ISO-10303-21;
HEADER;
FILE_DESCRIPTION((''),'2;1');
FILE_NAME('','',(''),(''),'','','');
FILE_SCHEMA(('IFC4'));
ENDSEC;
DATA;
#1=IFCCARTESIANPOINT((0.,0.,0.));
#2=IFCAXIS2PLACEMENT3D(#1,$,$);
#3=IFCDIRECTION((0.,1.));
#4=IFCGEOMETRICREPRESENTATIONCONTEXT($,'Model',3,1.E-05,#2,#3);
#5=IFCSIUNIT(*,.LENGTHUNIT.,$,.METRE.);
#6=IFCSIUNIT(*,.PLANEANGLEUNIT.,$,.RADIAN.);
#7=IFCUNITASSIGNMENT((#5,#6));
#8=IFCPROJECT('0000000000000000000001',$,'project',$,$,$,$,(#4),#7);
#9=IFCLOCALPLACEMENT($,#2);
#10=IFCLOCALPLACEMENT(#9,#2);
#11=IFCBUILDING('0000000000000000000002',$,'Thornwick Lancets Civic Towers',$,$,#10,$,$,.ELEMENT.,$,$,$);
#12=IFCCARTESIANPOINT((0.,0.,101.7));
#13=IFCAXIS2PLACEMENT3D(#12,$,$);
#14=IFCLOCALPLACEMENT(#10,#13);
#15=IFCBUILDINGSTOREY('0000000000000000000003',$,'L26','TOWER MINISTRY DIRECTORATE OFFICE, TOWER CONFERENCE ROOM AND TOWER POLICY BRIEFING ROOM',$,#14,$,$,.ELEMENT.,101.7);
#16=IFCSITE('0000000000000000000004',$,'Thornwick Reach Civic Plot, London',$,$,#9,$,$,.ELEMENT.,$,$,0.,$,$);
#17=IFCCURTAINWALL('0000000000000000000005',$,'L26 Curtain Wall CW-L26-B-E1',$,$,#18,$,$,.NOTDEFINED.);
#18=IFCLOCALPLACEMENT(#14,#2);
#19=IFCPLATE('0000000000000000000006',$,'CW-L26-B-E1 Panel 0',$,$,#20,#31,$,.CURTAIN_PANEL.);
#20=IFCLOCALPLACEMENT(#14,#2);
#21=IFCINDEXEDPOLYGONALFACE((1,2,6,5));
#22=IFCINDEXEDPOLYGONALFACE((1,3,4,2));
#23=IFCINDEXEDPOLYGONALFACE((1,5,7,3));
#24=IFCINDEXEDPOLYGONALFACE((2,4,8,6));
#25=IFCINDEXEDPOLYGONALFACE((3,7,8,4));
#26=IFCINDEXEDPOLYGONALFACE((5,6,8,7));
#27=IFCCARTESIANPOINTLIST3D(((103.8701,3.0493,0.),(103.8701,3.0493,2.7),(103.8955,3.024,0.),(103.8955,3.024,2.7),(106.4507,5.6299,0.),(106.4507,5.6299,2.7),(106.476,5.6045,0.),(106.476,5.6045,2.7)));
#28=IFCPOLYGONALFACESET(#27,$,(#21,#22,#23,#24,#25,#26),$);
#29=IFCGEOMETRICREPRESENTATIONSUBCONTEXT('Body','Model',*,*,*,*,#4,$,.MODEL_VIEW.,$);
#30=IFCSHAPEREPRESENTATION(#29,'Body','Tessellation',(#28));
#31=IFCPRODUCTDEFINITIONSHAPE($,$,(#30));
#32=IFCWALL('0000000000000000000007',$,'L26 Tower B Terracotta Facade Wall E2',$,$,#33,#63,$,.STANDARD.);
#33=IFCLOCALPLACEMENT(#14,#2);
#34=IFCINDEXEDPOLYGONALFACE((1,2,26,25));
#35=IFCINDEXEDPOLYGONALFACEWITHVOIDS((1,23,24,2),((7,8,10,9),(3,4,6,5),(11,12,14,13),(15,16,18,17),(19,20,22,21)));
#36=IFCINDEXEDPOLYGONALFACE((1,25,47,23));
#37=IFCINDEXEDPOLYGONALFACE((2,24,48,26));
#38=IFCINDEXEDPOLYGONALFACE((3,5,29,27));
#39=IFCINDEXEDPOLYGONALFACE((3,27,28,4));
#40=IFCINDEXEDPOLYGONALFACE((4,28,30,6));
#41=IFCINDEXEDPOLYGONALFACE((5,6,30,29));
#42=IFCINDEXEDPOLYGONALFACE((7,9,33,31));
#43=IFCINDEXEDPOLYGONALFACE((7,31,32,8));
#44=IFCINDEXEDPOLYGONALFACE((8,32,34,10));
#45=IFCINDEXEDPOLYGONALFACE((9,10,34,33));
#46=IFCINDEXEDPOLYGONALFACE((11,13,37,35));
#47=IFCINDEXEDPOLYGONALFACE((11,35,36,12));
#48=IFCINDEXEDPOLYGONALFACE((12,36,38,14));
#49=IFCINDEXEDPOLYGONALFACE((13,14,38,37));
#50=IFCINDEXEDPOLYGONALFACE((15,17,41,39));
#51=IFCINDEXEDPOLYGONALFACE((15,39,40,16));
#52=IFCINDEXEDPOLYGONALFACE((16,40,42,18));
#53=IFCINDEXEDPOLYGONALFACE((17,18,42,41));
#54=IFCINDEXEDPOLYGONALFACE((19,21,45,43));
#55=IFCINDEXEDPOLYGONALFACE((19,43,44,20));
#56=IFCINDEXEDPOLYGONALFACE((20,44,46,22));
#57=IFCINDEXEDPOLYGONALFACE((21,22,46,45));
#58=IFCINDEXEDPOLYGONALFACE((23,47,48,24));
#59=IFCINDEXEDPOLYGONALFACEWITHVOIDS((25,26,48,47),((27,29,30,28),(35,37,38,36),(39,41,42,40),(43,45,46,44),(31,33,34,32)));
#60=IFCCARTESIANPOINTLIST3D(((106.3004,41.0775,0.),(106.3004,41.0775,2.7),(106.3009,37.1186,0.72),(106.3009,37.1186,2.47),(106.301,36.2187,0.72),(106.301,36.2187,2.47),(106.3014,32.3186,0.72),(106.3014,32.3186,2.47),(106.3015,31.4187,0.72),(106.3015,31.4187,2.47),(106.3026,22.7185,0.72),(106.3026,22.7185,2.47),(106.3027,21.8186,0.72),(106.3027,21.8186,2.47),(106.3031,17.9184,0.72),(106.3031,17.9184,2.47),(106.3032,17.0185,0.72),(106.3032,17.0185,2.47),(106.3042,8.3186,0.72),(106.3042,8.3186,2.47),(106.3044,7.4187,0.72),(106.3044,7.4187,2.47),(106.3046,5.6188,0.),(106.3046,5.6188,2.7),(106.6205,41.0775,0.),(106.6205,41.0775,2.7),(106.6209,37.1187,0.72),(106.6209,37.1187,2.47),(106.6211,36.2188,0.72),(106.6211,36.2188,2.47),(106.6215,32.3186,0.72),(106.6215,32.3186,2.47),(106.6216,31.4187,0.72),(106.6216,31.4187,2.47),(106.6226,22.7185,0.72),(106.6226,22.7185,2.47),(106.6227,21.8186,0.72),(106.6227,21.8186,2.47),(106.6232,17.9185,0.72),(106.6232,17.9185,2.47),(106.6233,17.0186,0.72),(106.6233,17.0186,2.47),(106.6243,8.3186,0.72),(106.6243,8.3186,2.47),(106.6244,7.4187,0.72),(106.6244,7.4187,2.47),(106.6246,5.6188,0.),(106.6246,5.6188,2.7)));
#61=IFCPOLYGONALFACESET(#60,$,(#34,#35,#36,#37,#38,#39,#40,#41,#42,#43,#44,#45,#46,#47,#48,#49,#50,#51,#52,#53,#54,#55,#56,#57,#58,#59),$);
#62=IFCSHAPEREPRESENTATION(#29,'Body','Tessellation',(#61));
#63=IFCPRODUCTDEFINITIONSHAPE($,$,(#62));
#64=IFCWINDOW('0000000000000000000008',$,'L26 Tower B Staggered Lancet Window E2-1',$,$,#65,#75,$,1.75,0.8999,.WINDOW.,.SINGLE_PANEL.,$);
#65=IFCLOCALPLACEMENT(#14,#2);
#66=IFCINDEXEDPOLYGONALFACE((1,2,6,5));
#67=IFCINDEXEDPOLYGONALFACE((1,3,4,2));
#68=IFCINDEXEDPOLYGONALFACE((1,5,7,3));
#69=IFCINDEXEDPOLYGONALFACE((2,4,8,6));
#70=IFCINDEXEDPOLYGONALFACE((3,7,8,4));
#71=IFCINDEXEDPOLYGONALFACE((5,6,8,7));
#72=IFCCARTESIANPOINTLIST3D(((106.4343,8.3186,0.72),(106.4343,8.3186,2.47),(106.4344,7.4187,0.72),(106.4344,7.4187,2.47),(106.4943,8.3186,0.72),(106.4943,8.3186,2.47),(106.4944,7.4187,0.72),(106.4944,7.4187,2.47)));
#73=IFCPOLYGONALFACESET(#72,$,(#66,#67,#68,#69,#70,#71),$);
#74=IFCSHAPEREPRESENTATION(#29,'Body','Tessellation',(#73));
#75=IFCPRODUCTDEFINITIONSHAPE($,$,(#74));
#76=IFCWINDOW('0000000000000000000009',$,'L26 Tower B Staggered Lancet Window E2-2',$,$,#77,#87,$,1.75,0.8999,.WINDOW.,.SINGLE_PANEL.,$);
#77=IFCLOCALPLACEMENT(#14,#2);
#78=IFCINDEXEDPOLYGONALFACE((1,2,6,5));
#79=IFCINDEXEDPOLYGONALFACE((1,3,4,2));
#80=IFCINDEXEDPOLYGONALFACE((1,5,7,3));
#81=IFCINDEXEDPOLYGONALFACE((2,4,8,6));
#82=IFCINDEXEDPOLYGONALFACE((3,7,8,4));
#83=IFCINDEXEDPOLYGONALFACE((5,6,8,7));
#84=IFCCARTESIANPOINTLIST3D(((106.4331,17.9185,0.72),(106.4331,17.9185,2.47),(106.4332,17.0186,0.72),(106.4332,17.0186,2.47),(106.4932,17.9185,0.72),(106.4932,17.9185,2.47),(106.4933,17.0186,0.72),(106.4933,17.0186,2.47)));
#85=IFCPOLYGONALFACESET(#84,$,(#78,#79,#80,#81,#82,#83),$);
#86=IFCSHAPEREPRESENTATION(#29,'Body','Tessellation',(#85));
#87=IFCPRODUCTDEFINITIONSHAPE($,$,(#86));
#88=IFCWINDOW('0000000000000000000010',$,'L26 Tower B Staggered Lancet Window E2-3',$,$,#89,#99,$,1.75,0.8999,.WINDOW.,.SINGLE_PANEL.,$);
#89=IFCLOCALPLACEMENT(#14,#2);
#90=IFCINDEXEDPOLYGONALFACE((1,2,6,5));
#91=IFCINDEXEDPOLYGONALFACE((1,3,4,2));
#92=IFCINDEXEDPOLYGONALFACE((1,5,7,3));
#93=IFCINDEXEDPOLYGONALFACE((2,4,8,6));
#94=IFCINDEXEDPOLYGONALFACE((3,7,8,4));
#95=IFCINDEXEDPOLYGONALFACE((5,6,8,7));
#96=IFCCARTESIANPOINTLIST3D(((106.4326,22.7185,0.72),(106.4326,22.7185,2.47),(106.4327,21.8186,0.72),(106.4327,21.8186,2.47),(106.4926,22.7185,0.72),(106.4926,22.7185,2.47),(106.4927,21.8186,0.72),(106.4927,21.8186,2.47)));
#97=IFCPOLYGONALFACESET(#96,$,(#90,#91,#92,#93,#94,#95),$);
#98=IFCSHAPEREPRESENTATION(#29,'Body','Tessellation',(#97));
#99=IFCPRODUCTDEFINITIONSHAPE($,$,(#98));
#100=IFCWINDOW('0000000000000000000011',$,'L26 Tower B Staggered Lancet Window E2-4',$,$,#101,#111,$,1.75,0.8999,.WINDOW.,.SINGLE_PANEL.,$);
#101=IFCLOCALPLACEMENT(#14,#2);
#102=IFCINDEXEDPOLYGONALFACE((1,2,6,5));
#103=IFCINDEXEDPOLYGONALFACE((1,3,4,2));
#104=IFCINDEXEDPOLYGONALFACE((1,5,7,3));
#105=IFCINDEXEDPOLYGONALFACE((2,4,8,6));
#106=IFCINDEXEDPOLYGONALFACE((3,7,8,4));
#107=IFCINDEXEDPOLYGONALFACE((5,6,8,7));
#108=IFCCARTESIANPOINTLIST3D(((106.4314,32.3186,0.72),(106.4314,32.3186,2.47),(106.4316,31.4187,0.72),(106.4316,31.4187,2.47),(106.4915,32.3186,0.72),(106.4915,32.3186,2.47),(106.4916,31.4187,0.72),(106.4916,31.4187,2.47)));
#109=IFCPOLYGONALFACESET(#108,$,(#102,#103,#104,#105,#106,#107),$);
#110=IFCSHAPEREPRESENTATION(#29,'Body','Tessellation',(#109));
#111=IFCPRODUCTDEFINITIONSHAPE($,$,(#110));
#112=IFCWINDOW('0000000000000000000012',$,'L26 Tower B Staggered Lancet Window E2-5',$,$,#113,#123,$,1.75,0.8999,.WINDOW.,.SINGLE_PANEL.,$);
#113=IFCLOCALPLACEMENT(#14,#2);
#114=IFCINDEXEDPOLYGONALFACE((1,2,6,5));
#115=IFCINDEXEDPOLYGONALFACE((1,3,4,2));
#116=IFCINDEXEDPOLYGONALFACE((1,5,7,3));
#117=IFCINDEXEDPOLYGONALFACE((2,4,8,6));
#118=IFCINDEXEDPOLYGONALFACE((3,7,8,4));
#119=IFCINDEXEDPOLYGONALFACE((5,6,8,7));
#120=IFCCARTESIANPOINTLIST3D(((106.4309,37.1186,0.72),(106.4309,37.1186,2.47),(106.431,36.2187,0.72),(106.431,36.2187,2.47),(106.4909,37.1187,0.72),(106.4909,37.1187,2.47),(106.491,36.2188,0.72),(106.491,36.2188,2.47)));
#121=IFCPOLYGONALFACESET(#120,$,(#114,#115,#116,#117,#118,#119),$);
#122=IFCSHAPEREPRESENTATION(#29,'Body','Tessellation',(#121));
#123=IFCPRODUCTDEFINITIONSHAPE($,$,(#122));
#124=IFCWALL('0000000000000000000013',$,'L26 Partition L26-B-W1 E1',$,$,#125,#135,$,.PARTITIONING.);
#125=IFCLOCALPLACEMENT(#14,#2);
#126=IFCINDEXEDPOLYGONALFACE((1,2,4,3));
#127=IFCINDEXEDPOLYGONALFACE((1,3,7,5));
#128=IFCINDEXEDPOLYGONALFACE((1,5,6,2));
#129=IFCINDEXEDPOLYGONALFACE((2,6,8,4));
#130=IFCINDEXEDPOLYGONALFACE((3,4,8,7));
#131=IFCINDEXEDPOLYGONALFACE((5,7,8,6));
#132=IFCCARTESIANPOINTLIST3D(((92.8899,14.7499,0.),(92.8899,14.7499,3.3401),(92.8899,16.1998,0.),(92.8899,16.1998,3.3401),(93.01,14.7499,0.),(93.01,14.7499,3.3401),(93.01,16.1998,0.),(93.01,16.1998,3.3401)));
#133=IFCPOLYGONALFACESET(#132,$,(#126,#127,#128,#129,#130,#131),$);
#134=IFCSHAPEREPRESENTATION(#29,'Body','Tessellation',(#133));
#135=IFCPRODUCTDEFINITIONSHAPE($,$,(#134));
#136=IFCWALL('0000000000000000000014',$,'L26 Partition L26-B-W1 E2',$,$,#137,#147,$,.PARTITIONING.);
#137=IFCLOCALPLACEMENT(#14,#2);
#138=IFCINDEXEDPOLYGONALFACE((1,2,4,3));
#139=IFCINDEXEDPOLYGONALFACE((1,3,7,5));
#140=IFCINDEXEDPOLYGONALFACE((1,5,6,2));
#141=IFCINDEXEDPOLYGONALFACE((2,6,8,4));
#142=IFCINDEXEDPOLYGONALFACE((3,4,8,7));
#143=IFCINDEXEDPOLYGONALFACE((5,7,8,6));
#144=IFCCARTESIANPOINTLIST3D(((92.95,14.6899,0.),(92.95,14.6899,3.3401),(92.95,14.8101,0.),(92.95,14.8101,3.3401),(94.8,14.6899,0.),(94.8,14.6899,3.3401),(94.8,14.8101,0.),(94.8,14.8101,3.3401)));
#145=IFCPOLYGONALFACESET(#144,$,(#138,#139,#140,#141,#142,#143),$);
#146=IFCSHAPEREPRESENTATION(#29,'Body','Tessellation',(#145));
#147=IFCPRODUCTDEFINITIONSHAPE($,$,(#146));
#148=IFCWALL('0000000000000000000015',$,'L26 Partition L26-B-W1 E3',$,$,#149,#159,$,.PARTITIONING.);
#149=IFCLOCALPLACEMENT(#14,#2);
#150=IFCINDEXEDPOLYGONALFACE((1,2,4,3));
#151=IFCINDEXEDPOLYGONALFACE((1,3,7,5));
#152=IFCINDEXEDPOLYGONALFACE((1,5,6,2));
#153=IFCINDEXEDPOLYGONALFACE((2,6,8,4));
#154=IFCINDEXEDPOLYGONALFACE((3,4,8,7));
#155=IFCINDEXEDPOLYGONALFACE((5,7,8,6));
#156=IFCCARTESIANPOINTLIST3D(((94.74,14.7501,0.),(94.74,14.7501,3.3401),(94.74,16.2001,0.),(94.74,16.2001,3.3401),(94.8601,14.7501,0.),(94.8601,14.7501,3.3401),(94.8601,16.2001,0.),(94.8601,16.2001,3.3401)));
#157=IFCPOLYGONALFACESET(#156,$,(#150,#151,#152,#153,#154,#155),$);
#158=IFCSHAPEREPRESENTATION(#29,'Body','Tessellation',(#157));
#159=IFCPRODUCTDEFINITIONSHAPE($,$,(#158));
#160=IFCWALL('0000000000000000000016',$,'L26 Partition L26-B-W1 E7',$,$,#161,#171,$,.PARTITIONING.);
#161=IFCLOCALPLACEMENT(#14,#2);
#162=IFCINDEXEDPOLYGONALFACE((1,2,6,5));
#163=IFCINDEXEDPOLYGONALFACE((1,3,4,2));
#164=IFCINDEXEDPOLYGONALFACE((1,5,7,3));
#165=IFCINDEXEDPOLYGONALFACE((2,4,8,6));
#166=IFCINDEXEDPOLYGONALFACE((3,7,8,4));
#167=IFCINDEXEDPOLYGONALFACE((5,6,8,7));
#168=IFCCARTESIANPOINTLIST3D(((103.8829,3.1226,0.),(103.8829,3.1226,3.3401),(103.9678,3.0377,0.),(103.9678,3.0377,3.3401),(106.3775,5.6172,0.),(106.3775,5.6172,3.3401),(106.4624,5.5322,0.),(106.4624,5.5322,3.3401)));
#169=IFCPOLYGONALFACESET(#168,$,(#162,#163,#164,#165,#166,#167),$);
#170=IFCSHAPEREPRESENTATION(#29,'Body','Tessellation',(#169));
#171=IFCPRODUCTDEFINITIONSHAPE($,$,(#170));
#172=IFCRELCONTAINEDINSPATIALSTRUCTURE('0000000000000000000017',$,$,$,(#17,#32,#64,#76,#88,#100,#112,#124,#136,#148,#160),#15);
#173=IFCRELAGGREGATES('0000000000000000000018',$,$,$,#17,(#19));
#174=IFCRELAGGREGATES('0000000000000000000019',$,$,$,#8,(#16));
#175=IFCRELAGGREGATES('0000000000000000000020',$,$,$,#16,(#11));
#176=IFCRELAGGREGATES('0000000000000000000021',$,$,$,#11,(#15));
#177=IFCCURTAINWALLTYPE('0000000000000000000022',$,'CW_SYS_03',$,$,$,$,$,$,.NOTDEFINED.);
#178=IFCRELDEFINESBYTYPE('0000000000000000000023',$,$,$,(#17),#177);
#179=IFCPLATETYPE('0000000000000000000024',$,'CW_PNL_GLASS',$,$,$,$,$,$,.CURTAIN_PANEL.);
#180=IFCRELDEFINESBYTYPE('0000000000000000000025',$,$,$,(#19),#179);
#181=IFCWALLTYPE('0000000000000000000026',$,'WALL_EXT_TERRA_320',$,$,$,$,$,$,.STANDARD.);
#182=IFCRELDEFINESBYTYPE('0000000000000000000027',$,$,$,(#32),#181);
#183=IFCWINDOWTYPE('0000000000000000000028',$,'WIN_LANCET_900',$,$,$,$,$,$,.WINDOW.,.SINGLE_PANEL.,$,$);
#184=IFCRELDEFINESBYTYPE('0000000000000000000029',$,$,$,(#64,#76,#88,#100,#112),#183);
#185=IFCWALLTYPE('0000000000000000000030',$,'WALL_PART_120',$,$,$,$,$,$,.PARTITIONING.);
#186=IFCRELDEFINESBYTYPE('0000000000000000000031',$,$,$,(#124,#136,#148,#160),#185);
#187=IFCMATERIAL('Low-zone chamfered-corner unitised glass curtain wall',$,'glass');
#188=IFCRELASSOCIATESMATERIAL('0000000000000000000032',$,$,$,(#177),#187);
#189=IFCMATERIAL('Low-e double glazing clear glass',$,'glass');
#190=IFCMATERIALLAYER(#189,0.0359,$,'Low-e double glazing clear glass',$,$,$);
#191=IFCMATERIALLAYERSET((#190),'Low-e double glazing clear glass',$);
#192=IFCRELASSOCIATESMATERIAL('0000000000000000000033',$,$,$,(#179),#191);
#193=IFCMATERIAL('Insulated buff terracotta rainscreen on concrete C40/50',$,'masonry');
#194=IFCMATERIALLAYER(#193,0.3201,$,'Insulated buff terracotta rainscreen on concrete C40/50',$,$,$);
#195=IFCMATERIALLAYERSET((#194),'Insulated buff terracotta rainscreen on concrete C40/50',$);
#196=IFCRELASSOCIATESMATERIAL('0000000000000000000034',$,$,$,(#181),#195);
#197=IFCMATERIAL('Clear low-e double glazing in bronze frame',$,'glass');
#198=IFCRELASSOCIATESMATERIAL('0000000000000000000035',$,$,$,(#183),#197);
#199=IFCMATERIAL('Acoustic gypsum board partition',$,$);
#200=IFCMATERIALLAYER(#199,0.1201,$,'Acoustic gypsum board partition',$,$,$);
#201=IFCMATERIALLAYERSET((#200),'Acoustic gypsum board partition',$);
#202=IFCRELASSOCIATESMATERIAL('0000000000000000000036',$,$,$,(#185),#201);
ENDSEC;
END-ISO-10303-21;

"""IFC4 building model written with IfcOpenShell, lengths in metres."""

from ifc_helpers import new_model, si_unit, direction, frame, frame_2d, origin, origin_2d, place, context, subcontext, project, spatial, rectangle, extrude, material, layer, layer_set, type_object, element, fill, aggregate, save


model = new_model("IFC4")

# Units and contexts
model_context = context("Model", 3, precision=1e-05, world=origin(), true_north=direction((0.0, 1.0)))
body_context = subcontext(model_context, "Body", "Model", "MODEL_VIEW")
ifc_project = project(units=[si_unit("LENGTHUNIT", "METRE"), si_unit("PLANEANGLEUNIT", "RADIAN")], contexts=[model_context])

# Site, building, storey
site_placement = place(None, origin())
site = spatial("IfcSite", under=ifc_project, at=site_placement, Name="Thornwick Reach Civic Plot, London", CompositionType="ELEMENT", RefElevation=0.0)
building_placement = place(site_placement, origin())
building = spatial("IfcBuilding", under=site, at=building_placement, Name="Thornwick Lancets Civic Towers", CompositionType="ELEMENT")
storey_placement = place(building_placement, frame((0.0, 0.0, 101.7)))
storey = spatial("IfcBuildingStorey", under=building, at=storey_placement, Name="L26", Description="TOWER MINISTRY DIRECTORATE OFFICE, TOWER CONFERENCE ROOM AND TOWER POLICY BRIEFING ROOM", CompositionType="ELEMENT", Elevation=101.7)

# Curtain wall, plate
ifc_material_1 = material(Name="Low-zone chamfered-corner unitised glass curtain wall", Category="glass")
curtain_wall_type = type_object("IfcCurtainWallType", Name="CW_SYS_03", PredefinedType="NOTDEFINED", material=ifc_material_1)
curtain_wall_placement = place(storey_placement, origin())
curtain_wall = element("IfcCurtainWall", 1, at=curtain_wall_placement, inside=storey, type_object=curtain_wall_type, Name="L26 Curtain Wall CW-L26-B-E1", PredefinedType="NOTDEFINED")
ifc_material_2 = material(Name="Low-e double glazing clear glass", Category="glass")
ifc_layer_1 = layer(ifc_material_2, 0.0359, Name="Low-e double glazing clear glass")
ifc_layer_set_1 = layer_set([ifc_layer_1], Name="Low-e double glazing clear glass")
plate_type = type_object("IfcPlateType", Name="CW_PNL_GLASS", PredefinedType="CURTAIN_PANEL", material=ifc_layer_set_1)
plate_placement = place(storey_placement, frame((105.1731, 4.3269, 0.0), z_axis=(0.0, 0.0, 1.0), x_axis=(0.707107, 0.707107, 0.0)))
plate = element("IfcPlate", 2, at=plate_placement, type_object=plate_type, Name="CW-L26-B-E1 Panel 0", PredefinedType="CURTAIN_PANEL", context=body_context, shape_type="SweptSolid", body=[
    extrude(rectangle(XDim=3.6494, YDim=0.0359, at=origin_2d()), origin(), (0.0, 0.0, 1.0), 2.7),
])
aggregate(curtain_wall, [plate])

# Wall, openings, windows
ifc_material_3 = material(Name="Insulated buff terracotta rainscreen on concrete C40/50", Category="masonry")
ifc_layer_2 = layer(ifc_material_3, 0.3201, Name="Insulated buff terracotta rainscreen on concrete C40/50")
ifc_layer_set_2 = layer_set([ifc_layer_2], Name="Insulated buff terracotta rainscreen on concrete C40/50")
wall_type_1 = type_object("IfcWallType", Name="WALL_EXT_TERRA_320", PredefinedType="STANDARD", material=ifc_layer_set_2)
wall_1_placement = place(storey_placement, frame((106.4646, 5.6187, 0.0), z_axis=(0.0, 0.0, 1.0), x_axis=(-0.000117, 1.0, 0.0)))
wall_1 = element("IfcWall", 3, at=wall_1_placement, inside=storey, type_object=wall_type_1, Name="L26 Tower B Terracotta Facade Wall E2", PredefinedType="STANDARD", context=body_context, shape_type="SweptSolid", body=[
    extrude(rectangle(XDim=35.4587, YDim=0.3201, at=frame_2d((17.7295, 0.0))), origin(), (0.0, 0.0, 1.0), 2.7),
])
opening_1_placement = place(wall_1_placement, frame((1.8, 0.0, 0.72)))
opening_1 = element("IfcOpeningElement", 4, at=opening_1_placement, cuts=wall_1, PredefinedType="OPENING", context=body_context, shape_type="SweptSolid", body=[
    extrude(rectangle(XDim=0.8999, YDim=1.75, at=frame_2d((0.45, 0.875))), frame((0.0, 0.1699, 0.0), z_axis=(0.0, -1.0, 0.0), x_axis=(1.0, 0.0, 0.0)), (0.0, 0.0, 1.0), 0.3401),
])
opening_2_placement = place(wall_1_placement, frame((11.3999, 0.0, 0.72)))
opening_2 = element("IfcOpeningElement", 5, at=opening_2_placement, cuts=wall_1, PredefinedType="OPENING", context=body_context, shape_type="SweptSolid", body=[
    extrude(rectangle(XDim=0.8999, YDim=1.75, at=frame_2d((0.45, 0.875))), frame((0.0, 0.1699, 0.0), z_axis=(0.0, -1.0, 0.0), x_axis=(1.0, 0.0, 0.0)), (0.0, 0.0, 1.0), 0.3401),
])
opening_3_placement = place(wall_1_placement, frame((16.2, 0.0, 0.72)))
opening_3 = element("IfcOpeningElement", 6, at=opening_3_placement, cuts=wall_1, PredefinedType="OPENING", context=body_context, shape_type="SweptSolid", body=[
    extrude(rectangle(XDim=0.8999, YDim=1.75, at=frame_2d((0.45, 0.875))), frame((0.0, 0.1699, 0.0), z_axis=(0.0, -1.0, 0.0), x_axis=(1.0, 0.0, 0.0)), (0.0, 0.0, 1.0), 0.3401),
])
opening_4_placement = place(wall_1_placement, frame((25.8, 0.0, 0.72)))
opening_4 = element("IfcOpeningElement", 7, at=opening_4_placement, cuts=wall_1, PredefinedType="OPENING", context=body_context, shape_type="SweptSolid", body=[
    extrude(rectangle(XDim=0.8999, YDim=1.75, at=frame_2d((0.45, 0.875))), frame((0.0, 0.1699, 0.0), z_axis=(0.0, -1.0, 0.0), x_axis=(1.0, 0.0, 0.0)), (0.0, 0.0, 1.0), 0.3401),
])
opening_5_placement = place(wall_1_placement, frame((30.6001, 0.0, 0.72)))
opening_5 = element("IfcOpeningElement", 8, at=opening_5_placement, cuts=wall_1, PredefinedType="OPENING", context=body_context, shape_type="SweptSolid", body=[
    extrude(rectangle(XDim=0.8999, YDim=1.75, at=frame_2d((0.45, 0.875))), frame((0.0, 0.1699, 0.0), z_axis=(0.0, -1.0, 0.0), x_axis=(1.0, 0.0, 0.0)), (0.0, 0.0, 1.0), 0.3401),
])
ifc_material_4 = material(Name="Clear low-e double glazing in bronze frame", Category="glass")
window_type = type_object("IfcWindowType", Name="WIN_LANCET_900", PartitioningType="SINGLE_PANEL", PredefinedType="WINDOW", material=ifc_material_4)
window_1_placement = place(opening_1_placement, origin())
window_1 = element("IfcWindow", 9, at=window_1_placement, inside=storey, type_object=window_type, Name="L26 Tower B Staggered Lancet Window E2-1", OverallHeight=1.75, OverallWidth=0.8999, PartitioningType="SINGLE_PANEL", PredefinedType="WINDOW", context=body_context, shape_type="SweptSolid", body=[
    extrude(rectangle(XDim=0.8999, YDim=1.75, at=frame_2d((0.45, 0.875))), frame((0.0, 0.03, 0.0), z_axis=(0.0, -1.0, 0.0), x_axis=(1.0, 0.0, 0.0)), (0.0, 0.0, 1.0), 0.0601),
])
fill(opening_1, window_1)
window_2_placement = place(opening_2_placement, origin())
window_2 = element("IfcWindow", 10, at=window_2_placement, inside=storey, type_object=window_type, Name="L26 Tower B Staggered Lancet Window E2-2", OverallHeight=1.75, OverallWidth=0.8999, PartitioningType="SINGLE_PANEL", PredefinedType="WINDOW", context=body_context, shape_type="SweptSolid", body=[
    extrude(rectangle(XDim=0.8999, YDim=1.75, at=frame_2d((0.45, 0.875))), frame((0.0, 0.03, 0.0), z_axis=(0.0, -1.0, 0.0), x_axis=(1.0, 0.0, 0.0)), (0.0, 0.0, 1.0), 0.0601),
])
fill(opening_2, window_2)
window_3_placement = place(opening_3_placement, origin())
window_3 = element("IfcWindow", 11, at=window_3_placement, inside=storey, type_object=window_type, Name="L26 Tower B Staggered Lancet Window E2-3", OverallHeight=1.75, OverallWidth=0.8999, PartitioningType="SINGLE_PANEL", PredefinedType="WINDOW", context=body_context, shape_type="SweptSolid", body=[
    extrude(rectangle(XDim=0.8999, YDim=1.75, at=frame_2d((0.45, 0.875))), frame((0.0, 0.03, 0.0), z_axis=(0.0, -1.0, 0.0), x_axis=(1.0, 0.0, 0.0)), (0.0, 0.0, 1.0), 0.0601),
])
fill(opening_3, window_3)
window_4_placement = place(opening_4_placement, origin())
window_4 = element("IfcWindow", 12, at=window_4_placement, inside=storey, type_object=window_type, Name="L26 Tower B Staggered Lancet Window E2-4", OverallHeight=1.75, OverallWidth=0.8999, PartitioningType="SINGLE_PANEL", PredefinedType="WINDOW", context=body_context, shape_type="SweptSolid", body=[
    extrude(rectangle(XDim=0.8999, YDim=1.75, at=frame_2d((0.45, 0.875))), frame((0.0, 0.03, 0.0), z_axis=(0.0, -1.0, 0.0), x_axis=(1.0, 0.0, 0.0)), (0.0, 0.0, 1.0), 0.0601),
])
fill(opening_4, window_4)
window_5_placement = place(opening_5_placement, origin())
window_5 = element("IfcWindow", 13, at=window_5_placement, inside=storey, type_object=window_type, Name="L26 Tower B Staggered Lancet Window E2-5", OverallHeight=1.75, OverallWidth=0.8999, PartitioningType="SINGLE_PANEL", PredefinedType="WINDOW", context=body_context, shape_type="SweptSolid", body=[
    extrude(rectangle(XDim=0.8999, YDim=1.75, at=frame_2d((0.45, 0.875))), frame((0.0, 0.03, 0.0), z_axis=(0.0, -1.0, 0.0), x_axis=(1.0, 0.0, 0.0)), (0.0, 0.0, 1.0), 0.0601),
])
fill(opening_5, window_5)

# Walls
ifc_material_5 = material(Name="Acoustic gypsum board partition")
ifc_layer_3 = layer(ifc_material_5, 0.1201, Name="Acoustic gypsum board partition")
ifc_layer_set_3 = layer_set([ifc_layer_3], Name="Acoustic gypsum board partition")
wall_type_2 = type_object("IfcWallType", Name="WALL_PART_120", PredefinedType="PARTITIONING", material=ifc_layer_set_3)
wall_2_placement = place(storey_placement, frame((92.95, 16.2, 0.0), z_axis=(0.0, 0.0, 1.0), x_axis=(0.0, -1.0, 0.0)))
element("IfcWall", 14, at=wall_2_placement, inside=storey, type_object=wall_type_2, Name="L26 Partition L26-B-W1 E1", PredefinedType="PARTITIONING", context=body_context, shape_type="SweptSolid", body=[
    extrude(rectangle(XDim=1.45, YDim=0.1201, at=frame_2d((0.7251, 0.0))), origin(), (0.0, 0.0, 1.0), 3.3401),
])
wall_3_placement = place(storey_placement, frame((92.95, 14.75, 0.0), z_axis=(0.0, 0.0, 1.0), x_axis=(1.0, 0.0, 0.0)))
element("IfcWall", 15, at=wall_3_placement, inside=storey, type_object=wall_type_2, Name="L26 Partition L26-B-W1 E2", PredefinedType="PARTITIONING", context=body_context, shape_type="SweptSolid", body=[
    extrude(rectangle(XDim=1.8501, YDim=0.1201, at=frame_2d((0.925, 0.0))), origin(), (0.0, 0.0, 1.0), 3.3401),
])
wall_4_placement = place(storey_placement, frame((94.8, 14.75, 0.0), z_axis=(0.0, 0.0, 1.0), x_axis=(0.0, 1.0, 0.0)))
element("IfcWall", 16, at=wall_4_placement, inside=storey, type_object=wall_type_2, Name="L26 Partition L26-B-W1 E3", PredefinedType="PARTITIONING", context=body_context, shape_type="SweptSolid", body=[
    extrude(rectangle(XDim=1.45, YDim=0.1201, at=frame_2d((0.7251, 0.0))), origin(), (0.0, 0.0, 1.0), 3.3401),
])
wall_5_placement = place(storey_placement, frame((106.4199, 5.5747, 0.0), z_axis=(0.0, 0.0, 1.0), x_axis=(-0.707107, -0.707107, 0.0)))
element("IfcWall", 17, at=wall_5_placement, inside=storey, type_object=wall_type_2, Name="L26 Partition L26-B-W1 E7", PredefinedType="PARTITIONING", context=body_context, shape_type="SweptSolid", body=[
    extrude(rectangle(XDim=3.5278, YDim=0.1201, at=frame_2d((1.7639, 0.0))), origin(), (0.0, 0.0, 1.0), 3.3401),
])

save(model, "model.ifc")
